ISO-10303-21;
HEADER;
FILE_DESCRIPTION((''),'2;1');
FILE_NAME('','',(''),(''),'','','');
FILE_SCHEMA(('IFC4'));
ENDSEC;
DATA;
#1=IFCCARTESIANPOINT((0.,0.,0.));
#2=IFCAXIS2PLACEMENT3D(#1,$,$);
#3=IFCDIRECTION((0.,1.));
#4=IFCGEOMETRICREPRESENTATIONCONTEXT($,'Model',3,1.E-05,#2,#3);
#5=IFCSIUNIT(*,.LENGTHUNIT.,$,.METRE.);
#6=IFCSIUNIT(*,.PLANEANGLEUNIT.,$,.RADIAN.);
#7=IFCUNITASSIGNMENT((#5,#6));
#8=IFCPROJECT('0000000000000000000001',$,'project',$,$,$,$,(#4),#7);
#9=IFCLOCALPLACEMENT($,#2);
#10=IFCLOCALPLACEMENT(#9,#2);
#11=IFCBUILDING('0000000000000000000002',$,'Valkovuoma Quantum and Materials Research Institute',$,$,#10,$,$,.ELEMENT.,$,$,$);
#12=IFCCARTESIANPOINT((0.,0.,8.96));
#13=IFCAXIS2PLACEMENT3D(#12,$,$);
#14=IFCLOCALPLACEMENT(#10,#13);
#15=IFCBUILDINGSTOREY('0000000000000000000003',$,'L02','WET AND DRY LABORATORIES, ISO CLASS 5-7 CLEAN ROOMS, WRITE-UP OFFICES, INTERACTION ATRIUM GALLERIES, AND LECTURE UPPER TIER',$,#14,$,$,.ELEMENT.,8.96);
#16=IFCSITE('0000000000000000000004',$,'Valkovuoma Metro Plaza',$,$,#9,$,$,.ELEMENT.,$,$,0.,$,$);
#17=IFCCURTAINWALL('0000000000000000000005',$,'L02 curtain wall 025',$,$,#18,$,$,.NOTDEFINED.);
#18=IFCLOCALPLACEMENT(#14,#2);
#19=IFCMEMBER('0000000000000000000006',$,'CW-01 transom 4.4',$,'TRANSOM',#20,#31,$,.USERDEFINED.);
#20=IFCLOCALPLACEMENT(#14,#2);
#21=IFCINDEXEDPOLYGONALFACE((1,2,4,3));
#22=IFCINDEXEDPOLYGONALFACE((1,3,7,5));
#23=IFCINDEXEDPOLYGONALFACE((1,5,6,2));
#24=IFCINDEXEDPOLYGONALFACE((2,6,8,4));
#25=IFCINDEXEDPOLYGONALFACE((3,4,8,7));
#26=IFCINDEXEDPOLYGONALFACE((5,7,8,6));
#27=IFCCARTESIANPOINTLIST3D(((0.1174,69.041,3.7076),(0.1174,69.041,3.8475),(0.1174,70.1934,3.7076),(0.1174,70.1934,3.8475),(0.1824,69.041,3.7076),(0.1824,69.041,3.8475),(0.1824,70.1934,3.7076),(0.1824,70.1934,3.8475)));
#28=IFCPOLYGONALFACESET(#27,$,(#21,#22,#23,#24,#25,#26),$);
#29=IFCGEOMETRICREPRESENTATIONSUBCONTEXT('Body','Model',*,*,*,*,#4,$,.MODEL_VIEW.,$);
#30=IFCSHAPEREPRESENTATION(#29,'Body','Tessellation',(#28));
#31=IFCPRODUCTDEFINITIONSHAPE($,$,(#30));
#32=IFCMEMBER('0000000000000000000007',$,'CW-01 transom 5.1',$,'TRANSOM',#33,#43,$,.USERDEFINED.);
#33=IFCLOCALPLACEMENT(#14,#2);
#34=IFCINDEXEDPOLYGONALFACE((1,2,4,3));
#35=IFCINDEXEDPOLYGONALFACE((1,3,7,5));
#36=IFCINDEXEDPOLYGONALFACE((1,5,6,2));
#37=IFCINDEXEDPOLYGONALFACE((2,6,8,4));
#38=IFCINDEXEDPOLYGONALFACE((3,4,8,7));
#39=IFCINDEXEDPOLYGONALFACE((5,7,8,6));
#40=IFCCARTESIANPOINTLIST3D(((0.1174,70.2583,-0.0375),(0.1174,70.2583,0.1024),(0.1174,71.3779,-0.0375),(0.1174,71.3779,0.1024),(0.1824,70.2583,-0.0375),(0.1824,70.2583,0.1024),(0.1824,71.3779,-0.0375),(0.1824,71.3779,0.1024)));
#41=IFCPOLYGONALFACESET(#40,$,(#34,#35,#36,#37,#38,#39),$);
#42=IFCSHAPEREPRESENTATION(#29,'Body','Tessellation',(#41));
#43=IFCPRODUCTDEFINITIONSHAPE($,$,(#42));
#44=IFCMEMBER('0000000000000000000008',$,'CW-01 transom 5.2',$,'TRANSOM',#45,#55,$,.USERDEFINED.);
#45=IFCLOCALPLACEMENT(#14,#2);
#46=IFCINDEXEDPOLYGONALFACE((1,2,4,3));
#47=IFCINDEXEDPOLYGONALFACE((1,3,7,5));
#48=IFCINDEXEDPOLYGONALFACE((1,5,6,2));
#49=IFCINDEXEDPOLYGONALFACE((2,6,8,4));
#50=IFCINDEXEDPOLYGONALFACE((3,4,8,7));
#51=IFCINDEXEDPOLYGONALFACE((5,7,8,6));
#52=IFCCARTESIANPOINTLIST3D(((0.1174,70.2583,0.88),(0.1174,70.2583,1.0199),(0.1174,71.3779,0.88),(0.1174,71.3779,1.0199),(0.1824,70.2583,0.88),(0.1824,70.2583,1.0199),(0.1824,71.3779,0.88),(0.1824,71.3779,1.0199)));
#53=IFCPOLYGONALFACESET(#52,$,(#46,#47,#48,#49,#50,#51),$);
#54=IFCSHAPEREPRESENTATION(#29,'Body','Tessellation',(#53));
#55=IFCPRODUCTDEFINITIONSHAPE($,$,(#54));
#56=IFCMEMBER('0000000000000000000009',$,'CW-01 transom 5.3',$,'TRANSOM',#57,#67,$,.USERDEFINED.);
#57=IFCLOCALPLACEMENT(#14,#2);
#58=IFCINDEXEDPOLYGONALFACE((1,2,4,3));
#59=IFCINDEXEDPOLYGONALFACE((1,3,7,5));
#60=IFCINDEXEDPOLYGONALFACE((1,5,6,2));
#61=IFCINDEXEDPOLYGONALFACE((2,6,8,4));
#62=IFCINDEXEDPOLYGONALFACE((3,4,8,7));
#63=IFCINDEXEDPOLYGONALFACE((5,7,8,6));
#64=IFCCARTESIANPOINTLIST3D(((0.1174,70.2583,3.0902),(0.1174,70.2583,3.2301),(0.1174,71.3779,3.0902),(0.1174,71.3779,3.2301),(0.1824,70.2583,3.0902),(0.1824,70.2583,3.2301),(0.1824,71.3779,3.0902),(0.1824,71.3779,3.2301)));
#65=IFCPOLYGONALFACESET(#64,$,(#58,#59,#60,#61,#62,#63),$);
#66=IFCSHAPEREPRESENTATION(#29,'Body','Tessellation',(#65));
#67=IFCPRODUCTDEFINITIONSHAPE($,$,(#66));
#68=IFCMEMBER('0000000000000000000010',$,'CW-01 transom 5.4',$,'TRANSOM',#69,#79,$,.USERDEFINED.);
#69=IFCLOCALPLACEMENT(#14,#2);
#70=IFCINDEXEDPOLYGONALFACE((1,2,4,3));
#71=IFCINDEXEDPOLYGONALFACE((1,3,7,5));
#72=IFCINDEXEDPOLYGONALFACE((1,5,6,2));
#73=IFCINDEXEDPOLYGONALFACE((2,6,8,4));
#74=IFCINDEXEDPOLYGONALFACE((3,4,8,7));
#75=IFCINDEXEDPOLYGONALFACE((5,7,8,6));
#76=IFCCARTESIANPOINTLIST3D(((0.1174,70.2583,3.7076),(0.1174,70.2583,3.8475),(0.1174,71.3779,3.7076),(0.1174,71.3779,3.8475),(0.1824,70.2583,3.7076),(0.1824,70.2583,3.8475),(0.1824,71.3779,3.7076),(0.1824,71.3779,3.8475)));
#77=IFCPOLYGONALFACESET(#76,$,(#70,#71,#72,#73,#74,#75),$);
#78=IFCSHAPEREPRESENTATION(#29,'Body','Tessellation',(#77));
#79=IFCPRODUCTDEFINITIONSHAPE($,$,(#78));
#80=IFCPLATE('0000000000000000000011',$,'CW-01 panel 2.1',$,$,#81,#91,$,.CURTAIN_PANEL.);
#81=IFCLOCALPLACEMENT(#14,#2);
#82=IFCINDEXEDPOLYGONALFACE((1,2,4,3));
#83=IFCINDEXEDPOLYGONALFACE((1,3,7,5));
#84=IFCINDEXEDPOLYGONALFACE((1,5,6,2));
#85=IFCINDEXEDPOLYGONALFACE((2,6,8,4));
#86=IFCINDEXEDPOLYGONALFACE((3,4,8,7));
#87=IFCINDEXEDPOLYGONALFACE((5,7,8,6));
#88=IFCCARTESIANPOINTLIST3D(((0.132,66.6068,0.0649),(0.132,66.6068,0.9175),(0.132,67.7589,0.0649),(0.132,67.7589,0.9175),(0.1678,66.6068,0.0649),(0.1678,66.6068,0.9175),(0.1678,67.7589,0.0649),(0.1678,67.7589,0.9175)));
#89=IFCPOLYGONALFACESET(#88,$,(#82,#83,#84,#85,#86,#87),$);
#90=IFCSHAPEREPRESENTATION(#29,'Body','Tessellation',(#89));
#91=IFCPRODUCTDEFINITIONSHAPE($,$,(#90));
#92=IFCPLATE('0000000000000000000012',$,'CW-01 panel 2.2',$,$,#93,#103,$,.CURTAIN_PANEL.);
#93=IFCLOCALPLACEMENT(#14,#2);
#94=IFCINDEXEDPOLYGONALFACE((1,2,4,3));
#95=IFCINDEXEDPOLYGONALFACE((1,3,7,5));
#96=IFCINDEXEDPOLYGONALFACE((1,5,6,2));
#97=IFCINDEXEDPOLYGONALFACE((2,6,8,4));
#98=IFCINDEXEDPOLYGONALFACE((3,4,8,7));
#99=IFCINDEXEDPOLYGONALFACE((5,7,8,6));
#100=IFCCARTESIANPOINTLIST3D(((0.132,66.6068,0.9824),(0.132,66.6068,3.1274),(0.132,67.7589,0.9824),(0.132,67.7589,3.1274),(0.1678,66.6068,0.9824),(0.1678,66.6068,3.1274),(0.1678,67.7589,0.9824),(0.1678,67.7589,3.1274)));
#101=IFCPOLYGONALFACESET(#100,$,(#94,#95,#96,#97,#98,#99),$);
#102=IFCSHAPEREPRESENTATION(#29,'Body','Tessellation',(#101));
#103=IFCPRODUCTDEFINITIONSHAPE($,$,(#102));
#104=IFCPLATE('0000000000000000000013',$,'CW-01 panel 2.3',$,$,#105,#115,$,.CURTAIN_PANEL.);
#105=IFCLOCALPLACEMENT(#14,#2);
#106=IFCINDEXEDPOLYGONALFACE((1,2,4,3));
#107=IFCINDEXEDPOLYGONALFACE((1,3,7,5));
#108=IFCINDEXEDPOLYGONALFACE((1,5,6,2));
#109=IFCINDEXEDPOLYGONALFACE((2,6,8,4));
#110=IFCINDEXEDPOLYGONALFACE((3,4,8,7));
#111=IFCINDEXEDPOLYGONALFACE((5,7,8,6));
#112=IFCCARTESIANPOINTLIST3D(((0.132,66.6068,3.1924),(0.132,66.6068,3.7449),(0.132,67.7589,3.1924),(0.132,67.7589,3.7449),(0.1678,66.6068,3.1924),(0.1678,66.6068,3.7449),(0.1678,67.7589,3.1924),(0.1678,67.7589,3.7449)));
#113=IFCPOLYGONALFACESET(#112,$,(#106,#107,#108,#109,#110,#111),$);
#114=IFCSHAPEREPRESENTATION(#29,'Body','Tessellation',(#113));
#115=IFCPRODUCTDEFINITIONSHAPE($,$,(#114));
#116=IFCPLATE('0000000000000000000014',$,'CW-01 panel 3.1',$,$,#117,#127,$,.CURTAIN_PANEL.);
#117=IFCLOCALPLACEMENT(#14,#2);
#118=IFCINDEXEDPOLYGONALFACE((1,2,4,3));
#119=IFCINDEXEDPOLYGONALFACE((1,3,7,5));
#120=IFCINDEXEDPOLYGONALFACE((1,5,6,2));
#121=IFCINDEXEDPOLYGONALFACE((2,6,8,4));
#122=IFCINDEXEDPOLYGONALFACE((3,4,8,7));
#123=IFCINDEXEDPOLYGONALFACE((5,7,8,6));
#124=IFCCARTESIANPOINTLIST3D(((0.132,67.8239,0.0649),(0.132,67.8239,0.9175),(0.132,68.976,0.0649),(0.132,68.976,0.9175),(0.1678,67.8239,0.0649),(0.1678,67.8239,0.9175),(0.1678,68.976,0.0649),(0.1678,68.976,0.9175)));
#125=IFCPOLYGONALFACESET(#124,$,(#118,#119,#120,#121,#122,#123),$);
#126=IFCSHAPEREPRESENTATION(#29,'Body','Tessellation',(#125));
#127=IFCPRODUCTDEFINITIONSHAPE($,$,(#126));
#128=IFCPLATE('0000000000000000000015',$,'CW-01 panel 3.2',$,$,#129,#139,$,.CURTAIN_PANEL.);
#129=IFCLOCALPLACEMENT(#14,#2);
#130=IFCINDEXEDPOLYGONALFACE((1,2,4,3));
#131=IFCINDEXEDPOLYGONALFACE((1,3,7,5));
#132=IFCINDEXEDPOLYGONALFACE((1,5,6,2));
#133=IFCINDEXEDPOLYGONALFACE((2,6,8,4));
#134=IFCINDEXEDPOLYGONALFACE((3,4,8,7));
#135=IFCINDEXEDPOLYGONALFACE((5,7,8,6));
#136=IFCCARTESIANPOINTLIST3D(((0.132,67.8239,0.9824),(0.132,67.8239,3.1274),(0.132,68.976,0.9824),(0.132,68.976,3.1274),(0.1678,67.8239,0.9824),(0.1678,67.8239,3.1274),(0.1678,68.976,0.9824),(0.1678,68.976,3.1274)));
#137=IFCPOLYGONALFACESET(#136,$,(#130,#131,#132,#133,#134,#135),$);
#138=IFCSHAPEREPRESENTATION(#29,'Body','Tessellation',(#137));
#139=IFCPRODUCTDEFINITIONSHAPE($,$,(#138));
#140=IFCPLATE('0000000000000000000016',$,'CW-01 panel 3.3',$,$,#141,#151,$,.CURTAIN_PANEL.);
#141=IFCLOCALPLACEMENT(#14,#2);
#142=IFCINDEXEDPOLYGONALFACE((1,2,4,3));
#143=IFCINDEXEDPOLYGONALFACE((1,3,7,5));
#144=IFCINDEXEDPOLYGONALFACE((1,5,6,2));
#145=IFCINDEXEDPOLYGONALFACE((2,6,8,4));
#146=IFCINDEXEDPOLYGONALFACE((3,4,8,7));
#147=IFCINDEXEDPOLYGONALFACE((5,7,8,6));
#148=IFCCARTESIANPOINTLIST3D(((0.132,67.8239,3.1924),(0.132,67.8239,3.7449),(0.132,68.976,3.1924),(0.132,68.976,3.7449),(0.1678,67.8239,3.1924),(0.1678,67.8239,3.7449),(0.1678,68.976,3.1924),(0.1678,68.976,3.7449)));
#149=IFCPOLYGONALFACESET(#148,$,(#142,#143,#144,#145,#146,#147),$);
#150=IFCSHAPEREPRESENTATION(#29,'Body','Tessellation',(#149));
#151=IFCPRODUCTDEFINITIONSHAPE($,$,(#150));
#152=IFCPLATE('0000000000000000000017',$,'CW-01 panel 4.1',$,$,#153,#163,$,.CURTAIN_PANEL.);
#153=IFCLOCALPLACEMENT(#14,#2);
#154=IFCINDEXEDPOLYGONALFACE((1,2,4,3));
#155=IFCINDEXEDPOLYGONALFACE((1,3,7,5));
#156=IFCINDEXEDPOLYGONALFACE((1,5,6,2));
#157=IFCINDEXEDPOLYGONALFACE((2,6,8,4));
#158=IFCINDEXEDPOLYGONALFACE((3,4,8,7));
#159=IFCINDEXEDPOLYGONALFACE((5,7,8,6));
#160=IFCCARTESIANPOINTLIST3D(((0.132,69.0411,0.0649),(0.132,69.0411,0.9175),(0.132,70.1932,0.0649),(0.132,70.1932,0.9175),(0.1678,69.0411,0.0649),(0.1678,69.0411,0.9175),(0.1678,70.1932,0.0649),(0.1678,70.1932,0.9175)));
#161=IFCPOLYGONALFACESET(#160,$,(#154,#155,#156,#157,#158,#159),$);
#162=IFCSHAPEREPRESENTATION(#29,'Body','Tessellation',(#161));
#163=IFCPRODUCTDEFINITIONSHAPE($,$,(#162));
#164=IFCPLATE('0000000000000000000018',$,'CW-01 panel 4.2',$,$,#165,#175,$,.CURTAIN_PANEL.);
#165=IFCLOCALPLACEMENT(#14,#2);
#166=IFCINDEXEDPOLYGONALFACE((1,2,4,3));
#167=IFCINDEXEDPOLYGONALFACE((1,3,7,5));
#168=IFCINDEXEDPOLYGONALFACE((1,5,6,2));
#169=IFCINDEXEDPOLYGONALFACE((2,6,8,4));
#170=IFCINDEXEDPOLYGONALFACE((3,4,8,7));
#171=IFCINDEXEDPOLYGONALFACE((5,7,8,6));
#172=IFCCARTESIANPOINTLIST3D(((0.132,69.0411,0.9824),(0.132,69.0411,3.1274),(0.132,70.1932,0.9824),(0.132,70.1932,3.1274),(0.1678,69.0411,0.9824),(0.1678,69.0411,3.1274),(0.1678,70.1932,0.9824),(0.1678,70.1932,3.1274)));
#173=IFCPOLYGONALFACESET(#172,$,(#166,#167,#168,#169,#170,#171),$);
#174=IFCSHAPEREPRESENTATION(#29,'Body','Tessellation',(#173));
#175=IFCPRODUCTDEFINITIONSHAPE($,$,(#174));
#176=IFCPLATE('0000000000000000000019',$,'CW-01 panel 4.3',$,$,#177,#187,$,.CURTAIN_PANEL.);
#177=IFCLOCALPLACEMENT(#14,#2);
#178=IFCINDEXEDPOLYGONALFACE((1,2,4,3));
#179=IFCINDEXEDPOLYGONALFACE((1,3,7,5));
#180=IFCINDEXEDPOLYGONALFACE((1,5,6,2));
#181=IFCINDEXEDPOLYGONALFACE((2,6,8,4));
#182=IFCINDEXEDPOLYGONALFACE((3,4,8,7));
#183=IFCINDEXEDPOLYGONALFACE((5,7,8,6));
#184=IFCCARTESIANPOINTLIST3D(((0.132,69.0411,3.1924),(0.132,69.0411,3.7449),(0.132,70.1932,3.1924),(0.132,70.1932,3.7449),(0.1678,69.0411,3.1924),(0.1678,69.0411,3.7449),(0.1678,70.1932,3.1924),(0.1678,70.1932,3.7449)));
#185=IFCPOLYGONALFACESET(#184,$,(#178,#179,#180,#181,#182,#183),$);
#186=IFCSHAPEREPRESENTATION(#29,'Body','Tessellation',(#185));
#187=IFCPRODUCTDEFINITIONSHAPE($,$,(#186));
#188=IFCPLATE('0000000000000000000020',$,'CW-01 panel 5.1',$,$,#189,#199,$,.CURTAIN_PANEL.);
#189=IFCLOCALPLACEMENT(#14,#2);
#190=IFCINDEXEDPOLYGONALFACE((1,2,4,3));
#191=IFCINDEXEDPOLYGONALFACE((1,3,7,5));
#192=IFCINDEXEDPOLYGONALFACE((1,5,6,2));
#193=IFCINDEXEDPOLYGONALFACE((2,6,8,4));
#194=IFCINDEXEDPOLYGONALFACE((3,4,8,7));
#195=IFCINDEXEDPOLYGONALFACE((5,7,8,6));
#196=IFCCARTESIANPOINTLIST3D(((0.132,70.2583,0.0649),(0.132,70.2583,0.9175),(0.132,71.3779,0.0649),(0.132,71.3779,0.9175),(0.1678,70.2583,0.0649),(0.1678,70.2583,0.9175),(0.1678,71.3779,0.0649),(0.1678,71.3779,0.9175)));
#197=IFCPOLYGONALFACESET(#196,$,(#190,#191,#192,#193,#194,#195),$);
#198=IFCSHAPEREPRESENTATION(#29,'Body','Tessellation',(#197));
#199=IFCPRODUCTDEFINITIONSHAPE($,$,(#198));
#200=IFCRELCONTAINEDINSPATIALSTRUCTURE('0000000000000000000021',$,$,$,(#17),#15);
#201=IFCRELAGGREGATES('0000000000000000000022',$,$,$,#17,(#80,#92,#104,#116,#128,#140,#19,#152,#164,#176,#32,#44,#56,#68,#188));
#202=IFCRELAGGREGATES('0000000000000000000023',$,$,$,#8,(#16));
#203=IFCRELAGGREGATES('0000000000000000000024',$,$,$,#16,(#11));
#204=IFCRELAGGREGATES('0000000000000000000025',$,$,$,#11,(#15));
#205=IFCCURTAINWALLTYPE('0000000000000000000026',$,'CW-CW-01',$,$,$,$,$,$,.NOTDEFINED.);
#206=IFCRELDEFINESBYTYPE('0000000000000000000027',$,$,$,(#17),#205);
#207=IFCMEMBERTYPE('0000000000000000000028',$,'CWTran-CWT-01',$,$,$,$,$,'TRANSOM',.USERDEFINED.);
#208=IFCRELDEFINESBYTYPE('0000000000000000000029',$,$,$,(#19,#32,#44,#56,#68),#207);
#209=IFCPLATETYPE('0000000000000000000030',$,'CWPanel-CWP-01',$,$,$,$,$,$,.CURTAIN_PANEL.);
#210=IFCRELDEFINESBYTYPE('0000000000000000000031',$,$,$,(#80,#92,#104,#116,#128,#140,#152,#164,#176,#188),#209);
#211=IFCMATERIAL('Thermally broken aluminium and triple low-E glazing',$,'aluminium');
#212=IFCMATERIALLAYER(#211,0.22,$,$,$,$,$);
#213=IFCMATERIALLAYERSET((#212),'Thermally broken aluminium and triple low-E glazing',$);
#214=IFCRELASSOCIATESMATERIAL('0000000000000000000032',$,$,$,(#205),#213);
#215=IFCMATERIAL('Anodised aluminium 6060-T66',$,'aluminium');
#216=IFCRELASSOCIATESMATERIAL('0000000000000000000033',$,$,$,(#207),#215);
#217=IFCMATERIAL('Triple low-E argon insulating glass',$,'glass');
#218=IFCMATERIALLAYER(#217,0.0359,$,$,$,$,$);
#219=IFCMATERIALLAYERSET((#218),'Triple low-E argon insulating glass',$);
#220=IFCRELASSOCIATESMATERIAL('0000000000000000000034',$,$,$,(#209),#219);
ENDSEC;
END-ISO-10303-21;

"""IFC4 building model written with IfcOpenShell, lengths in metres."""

from ifc_helpers import new_model, si_unit, direction, frame, origin, origin_2d, place, context, subcontext, project, spatial, rectangle, extrude, material, layer, layer_set, material_profile, profile_set, type_object, element, aggregate, save


model = new_model("IFC4")

# Units and contexts
model_context = context("Model", 3, precision=1e-05, world=origin(), true_north=direction((0.0, 1.0)))
body_context = subcontext(model_context, "Body", "Model", "MODEL_VIEW")
ifc_project = project(units=[si_unit("LENGTHUNIT", "METRE"), si_unit("PLANEANGLEUNIT", "RADIAN")], contexts=[model_context])

# Site, building, storey
site_placement = place(None, origin())
site = spatial("IfcSite", under=ifc_project, at=site_placement, Name="Valkovuoma Metro Plaza", CompositionType="ELEMENT", RefElevation=0.0)
building_placement = place(site_placement, origin())
building = spatial("IfcBuilding", under=site, at=building_placement, Name="Valkovuoma Quantum and Materials Research Institute", CompositionType="ELEMENT")
storey_placement = place(building_placement, frame((0.0, 0.0, 8.96)))
storey = spatial("IfcBuildingStorey", under=building, at=storey_placement, Name="L02", Description="WET AND DRY LABORATORIES, ISO CLASS 5-7 CLEAN ROOMS, WRITE-UP OFFICES, INTERACTION ATRIUM GALLERIES, AND LECTURE UPPER TIER", CompositionType="ELEMENT", Elevation=8.96)

# Curtain wall, members, plates
ifc_material_1 = material(Name="Thermally broken aluminium and triple low-E glazing", Category="aluminium")
ifc_layer_1 = layer(ifc_material_1, 0.22)
ifc_layer_set_1 = layer_set([ifc_layer_1], Name="Thermally broken aluminium and triple low-E glazing")
curtain_wall_type = type_object("IfcCurtainWallType", Name="CW-CW-01", PredefinedType="NOTDEFINED", material=ifc_layer_set_1)
curtain_wall_placement = place(storey_placement, origin())
curtain_wall = element("IfcCurtainWall", 1, at=curtain_wall_placement, inside=storey, type_object=curtain_wall_type, Name="L02 curtain wall 025", PredefinedType="NOTDEFINED")
ifc_material_2 = material(Name="Anodised aluminium 6060-T66", Category="aluminium")
ifc_material_profile_1 = material_profile(ifc_material_2, rectangle(XDim=0.0649, YDim=0.1399, at=origin_2d()), Name="Anodised aluminium 6060-T66")
ifc_profile_set_1 = profile_set([ifc_material_profile_1], Name="Anodised aluminium 6060-T66")
member_type_1 = type_object("IfcMemberType", Name="CWTran-CWT-01", ElementType="TRANSOM", PredefinedType="USERDEFINED", material=ifc_profile_set_1)
member_1_placement = place(storey_placement, frame((0.1499, 69.041, 3.7776), z_axis=(0.0, 1.0, 0.0), x_axis=(-1.0, 0.0, 0.0)))
member_1 = element("IfcMember", 2, at=member_1_placement, type_object=member_type_1, Name="CW-01 transom 4.4", ObjectType="TRANSOM", PredefinedType="USERDEFINED", context=body_context, shape_type="SweptSolid", body=[
    extrude(rectangle(XDim=0.0649, YDim=0.1399, at=origin_2d()), origin(), (0.0, 0.0, 1.0), 1.1523),
])
member_2_placement = place(storey_placement, frame((0.1499, 70.2583, 0.0325), z_axis=(0.0, 1.0, 0.0), x_axis=(-1.0, 0.0, 0.0)))
member_2 = element("IfcMember", 3, at=member_2_placement, type_object=member_type_1, Name="CW-01 transom 5.1", ObjectType="TRANSOM", PredefinedType="USERDEFINED", context=body_context, shape_type="SweptSolid", body=[
    extrude(rectangle(XDim=0.0649, YDim=0.1399, at=origin_2d()), origin(), (0.0, 0.0, 1.0), 1.1196),
])
member_3_placement = place(storey_placement, frame((0.1499, 70.2583, 0.95), z_axis=(0.0, 1.0, 0.0), x_axis=(-1.0, 0.0, 0.0)))
member_3 = element("IfcMember", 4, at=member_3_placement, type_object=member_type_1, Name="CW-01 transom 5.2", ObjectType="TRANSOM", PredefinedType="USERDEFINED", context=body_context, shape_type="SweptSolid", body=[
    extrude(rectangle(XDim=0.0649, YDim=0.1399, at=origin_2d()), origin(), (0.0, 0.0, 1.0), 1.1196),
])
member_4_placement = place(storey_placement, frame((0.1499, 70.2583, 3.1602), z_axis=(0.0, 1.0, 0.0), x_axis=(-1.0, 0.0, 0.0)))
member_4 = element("IfcMember", 5, at=member_4_placement, type_object=member_type_1, Name="CW-01 transom 5.3", ObjectType="TRANSOM", PredefinedType="USERDEFINED", context=body_context, shape_type="SweptSolid", body=[
    extrude(rectangle(XDim=0.0649, YDim=0.1399, at=origin_2d()), origin(), (0.0, 0.0, 1.0), 1.1196),
])
member_5_placement = place(storey_placement, frame((0.1499, 70.2583, 3.7776), z_axis=(0.0, 1.0, 0.0), x_axis=(-1.0, 0.0, 0.0)))
member_5 = element("IfcMember", 6, at=member_5_placement, type_object=member_type_1, Name="CW-01 transom 5.4", ObjectType="TRANSOM", PredefinedType="USERDEFINED", context=body_context, shape_type="SweptSolid", body=[
    extrude(rectangle(XDim=0.0649, YDim=0.1399, at=origin_2d()), origin(), (0.0, 0.0, 1.0), 1.1196),
])
ifc_material_3 = material(Name="Triple low-E argon insulating glass", Category="glass")
ifc_layer_2 = layer(ifc_material_3, 0.0359)
ifc_layer_set_2 = layer_set([ifc_layer_2], Name="Triple low-E argon insulating glass")
plate_type = type_object("IfcPlateType", Name="CWPanel-CWP-01", PredefinedType="CURTAIN_PANEL", material=ifc_layer_set_2)
plate_1_placement = place(storey_placement, frame((0.1499, 67.1829, 0.0649), z_axis=(0.0, 0.0, 1.0), x_axis=(0.0, 1.0, 0.0)))
plate_1 = element("IfcPlate", 7, at=plate_1_placement, type_object=plate_type, Name="CW-01 panel 2.1", PredefinedType="CURTAIN_PANEL", context=body_context, shape_type="SweptSolid", body=[
    extrude(rectangle(XDim=1.1521, YDim=0.0359, at=origin_2d()), origin(), (0.0, 0.0, 1.0), 0.8525),
])
plate_2_placement = place(storey_placement, frame((0.1499, 67.1829, 0.9824), z_axis=(0.0, 0.0, 1.0), x_axis=(0.0, 1.0, 0.0)))
plate_2 = element("IfcPlate", 8, at=plate_2_placement, type_object=plate_type, Name="CW-01 panel 2.2", PredefinedType="CURTAIN_PANEL", context=body_context, shape_type="SweptSolid", body=[
    extrude(rectangle(XDim=1.1521, YDim=0.0359, at=origin_2d()), origin(), (0.0, 0.0, 1.0), 2.145),
])
plate_3_placement = place(storey_placement, frame((0.1499, 67.1829, 3.1924), z_axis=(0.0, 0.0, 1.0), x_axis=(0.0, 1.0, 0.0)))
plate_3 = element("IfcPlate", 9, at=plate_3_placement, type_object=plate_type, Name="CW-01 panel 2.3", PredefinedType="CURTAIN_PANEL", context=body_context, shape_type="SweptSolid", body=[
    extrude(rectangle(XDim=1.1521, YDim=0.0359, at=origin_2d()), origin(), (0.0, 0.0, 1.0), 0.5525),
])
plate_4_placement = place(storey_placement, frame((0.1499, 68.3999, 0.0649), z_axis=(0.0, 0.0, 1.0), x_axis=(0.0, 1.0, 0.0)))
plate_4 = element("IfcPlate", 10, at=plate_4_placement, type_object=plate_type, Name="CW-01 panel 3.1", PredefinedType="CURTAIN_PANEL", context=body_context, shape_type="SweptSolid", body=[
    extrude(rectangle(XDim=1.1521, YDim=0.0359, at=origin_2d()), origin(), (0.0, 0.0, 1.0), 0.8525),
])
plate_5_placement = place(storey_placement, frame((0.1499, 68.3999, 0.9824), z_axis=(0.0, 0.0, 1.0), x_axis=(0.0, 1.0, 0.0)))
plate_5 = element("IfcPlate", 11, at=plate_5_placement, type_object=plate_type, Name="CW-01 panel 3.2", PredefinedType="CURTAIN_PANEL", context=body_context, shape_type="SweptSolid", body=[
    extrude(rectangle(XDim=1.1521, YDim=0.0359, at=origin_2d()), origin(), (0.0, 0.0, 1.0), 2.145),
])
plate_6_placement = place(storey_placement, frame((0.1499, 68.3999, 3.1924), z_axis=(0.0, 0.0, 1.0), x_axis=(0.0, 1.0, 0.0)))
plate_6 = element("IfcPlate", 12, at=plate_6_placement, type_object=plate_type, Name="CW-01 panel 3.3", PredefinedType="CURTAIN_PANEL", context=body_context, shape_type="SweptSolid", body=[
    extrude(rectangle(XDim=1.1521, YDim=0.0359, at=origin_2d()), origin(), (0.0, 0.0, 1.0), 0.5525),
])
plate_7_placement = place(storey_placement, frame((0.1499, 69.6172, 0.0649), z_axis=(0.0, 0.0, 1.0), x_axis=(0.0, 1.0, 0.0)))
plate_7 = element("IfcPlate", 13, at=plate_7_placement, type_object=plate_type, Name="CW-01 panel 4.1", PredefinedType="CURTAIN_PANEL", context=body_context, shape_type="SweptSolid", body=[
    extrude(rectangle(XDim=1.1521, YDim=0.0359, at=origin_2d()), origin(), (0.0, 0.0, 1.0), 0.8525),
])
plate_8_placement = place(storey_placement, frame((0.1499, 69.6172, 0.9824), z_axis=(0.0, 0.0, 1.0), x_axis=(0.0, 1.0, 0.0)))
plate_8 = element("IfcPlate", 14, at=plate_8_placement, type_object=plate_type, Name="CW-01 panel 4.2", PredefinedType="CURTAIN_PANEL", context=body_context, shape_type="SweptSolid", body=[
    extrude(rectangle(XDim=1.1521, YDim=0.0359, at=origin_2d()), origin(), (0.0, 0.0, 1.0), 2.145),
])
plate_9_placement = place(storey_placement, frame((0.1499, 69.6172, 3.1924), z_axis=(0.0, 0.0, 1.0), x_axis=(0.0, 1.0, 0.0)))
plate_9 = element("IfcPlate", 15, at=plate_9_placement, type_object=plate_type, Name="CW-01 panel 4.3", PredefinedType="CURTAIN_PANEL", context=body_context, shape_type="SweptSolid", body=[
    extrude(rectangle(XDim=1.1521, YDim=0.0359, at=origin_2d()), origin(), (0.0, 0.0, 1.0), 0.5525),
])
plate_10_placement = place(storey_placement, frame((0.1499, 70.8181, 0.0649), z_axis=(0.0, 0.0, 1.0), x_axis=(0.0, 1.0, 0.0)))
plate_10 = element("IfcPlate", 16, at=plate_10_placement, type_object=plate_type, Name="CW-01 panel 5.1", PredefinedType="CURTAIN_PANEL", context=body_context, shape_type="SweptSolid", body=[
    extrude(rectangle(XDim=1.1196, YDim=0.0359, at=origin_2d()), origin(), (0.0, 0.0, 1.0), 0.8525),
])
aggregate(curtain_wall, [plate_1, plate_2, plate_3, plate_4, plate_5, plate_6, member_1, plate_7, plate_8, plate_9, member_2, member_3, member_4, member_5, plate_10])

save(model, "model.ifc")
